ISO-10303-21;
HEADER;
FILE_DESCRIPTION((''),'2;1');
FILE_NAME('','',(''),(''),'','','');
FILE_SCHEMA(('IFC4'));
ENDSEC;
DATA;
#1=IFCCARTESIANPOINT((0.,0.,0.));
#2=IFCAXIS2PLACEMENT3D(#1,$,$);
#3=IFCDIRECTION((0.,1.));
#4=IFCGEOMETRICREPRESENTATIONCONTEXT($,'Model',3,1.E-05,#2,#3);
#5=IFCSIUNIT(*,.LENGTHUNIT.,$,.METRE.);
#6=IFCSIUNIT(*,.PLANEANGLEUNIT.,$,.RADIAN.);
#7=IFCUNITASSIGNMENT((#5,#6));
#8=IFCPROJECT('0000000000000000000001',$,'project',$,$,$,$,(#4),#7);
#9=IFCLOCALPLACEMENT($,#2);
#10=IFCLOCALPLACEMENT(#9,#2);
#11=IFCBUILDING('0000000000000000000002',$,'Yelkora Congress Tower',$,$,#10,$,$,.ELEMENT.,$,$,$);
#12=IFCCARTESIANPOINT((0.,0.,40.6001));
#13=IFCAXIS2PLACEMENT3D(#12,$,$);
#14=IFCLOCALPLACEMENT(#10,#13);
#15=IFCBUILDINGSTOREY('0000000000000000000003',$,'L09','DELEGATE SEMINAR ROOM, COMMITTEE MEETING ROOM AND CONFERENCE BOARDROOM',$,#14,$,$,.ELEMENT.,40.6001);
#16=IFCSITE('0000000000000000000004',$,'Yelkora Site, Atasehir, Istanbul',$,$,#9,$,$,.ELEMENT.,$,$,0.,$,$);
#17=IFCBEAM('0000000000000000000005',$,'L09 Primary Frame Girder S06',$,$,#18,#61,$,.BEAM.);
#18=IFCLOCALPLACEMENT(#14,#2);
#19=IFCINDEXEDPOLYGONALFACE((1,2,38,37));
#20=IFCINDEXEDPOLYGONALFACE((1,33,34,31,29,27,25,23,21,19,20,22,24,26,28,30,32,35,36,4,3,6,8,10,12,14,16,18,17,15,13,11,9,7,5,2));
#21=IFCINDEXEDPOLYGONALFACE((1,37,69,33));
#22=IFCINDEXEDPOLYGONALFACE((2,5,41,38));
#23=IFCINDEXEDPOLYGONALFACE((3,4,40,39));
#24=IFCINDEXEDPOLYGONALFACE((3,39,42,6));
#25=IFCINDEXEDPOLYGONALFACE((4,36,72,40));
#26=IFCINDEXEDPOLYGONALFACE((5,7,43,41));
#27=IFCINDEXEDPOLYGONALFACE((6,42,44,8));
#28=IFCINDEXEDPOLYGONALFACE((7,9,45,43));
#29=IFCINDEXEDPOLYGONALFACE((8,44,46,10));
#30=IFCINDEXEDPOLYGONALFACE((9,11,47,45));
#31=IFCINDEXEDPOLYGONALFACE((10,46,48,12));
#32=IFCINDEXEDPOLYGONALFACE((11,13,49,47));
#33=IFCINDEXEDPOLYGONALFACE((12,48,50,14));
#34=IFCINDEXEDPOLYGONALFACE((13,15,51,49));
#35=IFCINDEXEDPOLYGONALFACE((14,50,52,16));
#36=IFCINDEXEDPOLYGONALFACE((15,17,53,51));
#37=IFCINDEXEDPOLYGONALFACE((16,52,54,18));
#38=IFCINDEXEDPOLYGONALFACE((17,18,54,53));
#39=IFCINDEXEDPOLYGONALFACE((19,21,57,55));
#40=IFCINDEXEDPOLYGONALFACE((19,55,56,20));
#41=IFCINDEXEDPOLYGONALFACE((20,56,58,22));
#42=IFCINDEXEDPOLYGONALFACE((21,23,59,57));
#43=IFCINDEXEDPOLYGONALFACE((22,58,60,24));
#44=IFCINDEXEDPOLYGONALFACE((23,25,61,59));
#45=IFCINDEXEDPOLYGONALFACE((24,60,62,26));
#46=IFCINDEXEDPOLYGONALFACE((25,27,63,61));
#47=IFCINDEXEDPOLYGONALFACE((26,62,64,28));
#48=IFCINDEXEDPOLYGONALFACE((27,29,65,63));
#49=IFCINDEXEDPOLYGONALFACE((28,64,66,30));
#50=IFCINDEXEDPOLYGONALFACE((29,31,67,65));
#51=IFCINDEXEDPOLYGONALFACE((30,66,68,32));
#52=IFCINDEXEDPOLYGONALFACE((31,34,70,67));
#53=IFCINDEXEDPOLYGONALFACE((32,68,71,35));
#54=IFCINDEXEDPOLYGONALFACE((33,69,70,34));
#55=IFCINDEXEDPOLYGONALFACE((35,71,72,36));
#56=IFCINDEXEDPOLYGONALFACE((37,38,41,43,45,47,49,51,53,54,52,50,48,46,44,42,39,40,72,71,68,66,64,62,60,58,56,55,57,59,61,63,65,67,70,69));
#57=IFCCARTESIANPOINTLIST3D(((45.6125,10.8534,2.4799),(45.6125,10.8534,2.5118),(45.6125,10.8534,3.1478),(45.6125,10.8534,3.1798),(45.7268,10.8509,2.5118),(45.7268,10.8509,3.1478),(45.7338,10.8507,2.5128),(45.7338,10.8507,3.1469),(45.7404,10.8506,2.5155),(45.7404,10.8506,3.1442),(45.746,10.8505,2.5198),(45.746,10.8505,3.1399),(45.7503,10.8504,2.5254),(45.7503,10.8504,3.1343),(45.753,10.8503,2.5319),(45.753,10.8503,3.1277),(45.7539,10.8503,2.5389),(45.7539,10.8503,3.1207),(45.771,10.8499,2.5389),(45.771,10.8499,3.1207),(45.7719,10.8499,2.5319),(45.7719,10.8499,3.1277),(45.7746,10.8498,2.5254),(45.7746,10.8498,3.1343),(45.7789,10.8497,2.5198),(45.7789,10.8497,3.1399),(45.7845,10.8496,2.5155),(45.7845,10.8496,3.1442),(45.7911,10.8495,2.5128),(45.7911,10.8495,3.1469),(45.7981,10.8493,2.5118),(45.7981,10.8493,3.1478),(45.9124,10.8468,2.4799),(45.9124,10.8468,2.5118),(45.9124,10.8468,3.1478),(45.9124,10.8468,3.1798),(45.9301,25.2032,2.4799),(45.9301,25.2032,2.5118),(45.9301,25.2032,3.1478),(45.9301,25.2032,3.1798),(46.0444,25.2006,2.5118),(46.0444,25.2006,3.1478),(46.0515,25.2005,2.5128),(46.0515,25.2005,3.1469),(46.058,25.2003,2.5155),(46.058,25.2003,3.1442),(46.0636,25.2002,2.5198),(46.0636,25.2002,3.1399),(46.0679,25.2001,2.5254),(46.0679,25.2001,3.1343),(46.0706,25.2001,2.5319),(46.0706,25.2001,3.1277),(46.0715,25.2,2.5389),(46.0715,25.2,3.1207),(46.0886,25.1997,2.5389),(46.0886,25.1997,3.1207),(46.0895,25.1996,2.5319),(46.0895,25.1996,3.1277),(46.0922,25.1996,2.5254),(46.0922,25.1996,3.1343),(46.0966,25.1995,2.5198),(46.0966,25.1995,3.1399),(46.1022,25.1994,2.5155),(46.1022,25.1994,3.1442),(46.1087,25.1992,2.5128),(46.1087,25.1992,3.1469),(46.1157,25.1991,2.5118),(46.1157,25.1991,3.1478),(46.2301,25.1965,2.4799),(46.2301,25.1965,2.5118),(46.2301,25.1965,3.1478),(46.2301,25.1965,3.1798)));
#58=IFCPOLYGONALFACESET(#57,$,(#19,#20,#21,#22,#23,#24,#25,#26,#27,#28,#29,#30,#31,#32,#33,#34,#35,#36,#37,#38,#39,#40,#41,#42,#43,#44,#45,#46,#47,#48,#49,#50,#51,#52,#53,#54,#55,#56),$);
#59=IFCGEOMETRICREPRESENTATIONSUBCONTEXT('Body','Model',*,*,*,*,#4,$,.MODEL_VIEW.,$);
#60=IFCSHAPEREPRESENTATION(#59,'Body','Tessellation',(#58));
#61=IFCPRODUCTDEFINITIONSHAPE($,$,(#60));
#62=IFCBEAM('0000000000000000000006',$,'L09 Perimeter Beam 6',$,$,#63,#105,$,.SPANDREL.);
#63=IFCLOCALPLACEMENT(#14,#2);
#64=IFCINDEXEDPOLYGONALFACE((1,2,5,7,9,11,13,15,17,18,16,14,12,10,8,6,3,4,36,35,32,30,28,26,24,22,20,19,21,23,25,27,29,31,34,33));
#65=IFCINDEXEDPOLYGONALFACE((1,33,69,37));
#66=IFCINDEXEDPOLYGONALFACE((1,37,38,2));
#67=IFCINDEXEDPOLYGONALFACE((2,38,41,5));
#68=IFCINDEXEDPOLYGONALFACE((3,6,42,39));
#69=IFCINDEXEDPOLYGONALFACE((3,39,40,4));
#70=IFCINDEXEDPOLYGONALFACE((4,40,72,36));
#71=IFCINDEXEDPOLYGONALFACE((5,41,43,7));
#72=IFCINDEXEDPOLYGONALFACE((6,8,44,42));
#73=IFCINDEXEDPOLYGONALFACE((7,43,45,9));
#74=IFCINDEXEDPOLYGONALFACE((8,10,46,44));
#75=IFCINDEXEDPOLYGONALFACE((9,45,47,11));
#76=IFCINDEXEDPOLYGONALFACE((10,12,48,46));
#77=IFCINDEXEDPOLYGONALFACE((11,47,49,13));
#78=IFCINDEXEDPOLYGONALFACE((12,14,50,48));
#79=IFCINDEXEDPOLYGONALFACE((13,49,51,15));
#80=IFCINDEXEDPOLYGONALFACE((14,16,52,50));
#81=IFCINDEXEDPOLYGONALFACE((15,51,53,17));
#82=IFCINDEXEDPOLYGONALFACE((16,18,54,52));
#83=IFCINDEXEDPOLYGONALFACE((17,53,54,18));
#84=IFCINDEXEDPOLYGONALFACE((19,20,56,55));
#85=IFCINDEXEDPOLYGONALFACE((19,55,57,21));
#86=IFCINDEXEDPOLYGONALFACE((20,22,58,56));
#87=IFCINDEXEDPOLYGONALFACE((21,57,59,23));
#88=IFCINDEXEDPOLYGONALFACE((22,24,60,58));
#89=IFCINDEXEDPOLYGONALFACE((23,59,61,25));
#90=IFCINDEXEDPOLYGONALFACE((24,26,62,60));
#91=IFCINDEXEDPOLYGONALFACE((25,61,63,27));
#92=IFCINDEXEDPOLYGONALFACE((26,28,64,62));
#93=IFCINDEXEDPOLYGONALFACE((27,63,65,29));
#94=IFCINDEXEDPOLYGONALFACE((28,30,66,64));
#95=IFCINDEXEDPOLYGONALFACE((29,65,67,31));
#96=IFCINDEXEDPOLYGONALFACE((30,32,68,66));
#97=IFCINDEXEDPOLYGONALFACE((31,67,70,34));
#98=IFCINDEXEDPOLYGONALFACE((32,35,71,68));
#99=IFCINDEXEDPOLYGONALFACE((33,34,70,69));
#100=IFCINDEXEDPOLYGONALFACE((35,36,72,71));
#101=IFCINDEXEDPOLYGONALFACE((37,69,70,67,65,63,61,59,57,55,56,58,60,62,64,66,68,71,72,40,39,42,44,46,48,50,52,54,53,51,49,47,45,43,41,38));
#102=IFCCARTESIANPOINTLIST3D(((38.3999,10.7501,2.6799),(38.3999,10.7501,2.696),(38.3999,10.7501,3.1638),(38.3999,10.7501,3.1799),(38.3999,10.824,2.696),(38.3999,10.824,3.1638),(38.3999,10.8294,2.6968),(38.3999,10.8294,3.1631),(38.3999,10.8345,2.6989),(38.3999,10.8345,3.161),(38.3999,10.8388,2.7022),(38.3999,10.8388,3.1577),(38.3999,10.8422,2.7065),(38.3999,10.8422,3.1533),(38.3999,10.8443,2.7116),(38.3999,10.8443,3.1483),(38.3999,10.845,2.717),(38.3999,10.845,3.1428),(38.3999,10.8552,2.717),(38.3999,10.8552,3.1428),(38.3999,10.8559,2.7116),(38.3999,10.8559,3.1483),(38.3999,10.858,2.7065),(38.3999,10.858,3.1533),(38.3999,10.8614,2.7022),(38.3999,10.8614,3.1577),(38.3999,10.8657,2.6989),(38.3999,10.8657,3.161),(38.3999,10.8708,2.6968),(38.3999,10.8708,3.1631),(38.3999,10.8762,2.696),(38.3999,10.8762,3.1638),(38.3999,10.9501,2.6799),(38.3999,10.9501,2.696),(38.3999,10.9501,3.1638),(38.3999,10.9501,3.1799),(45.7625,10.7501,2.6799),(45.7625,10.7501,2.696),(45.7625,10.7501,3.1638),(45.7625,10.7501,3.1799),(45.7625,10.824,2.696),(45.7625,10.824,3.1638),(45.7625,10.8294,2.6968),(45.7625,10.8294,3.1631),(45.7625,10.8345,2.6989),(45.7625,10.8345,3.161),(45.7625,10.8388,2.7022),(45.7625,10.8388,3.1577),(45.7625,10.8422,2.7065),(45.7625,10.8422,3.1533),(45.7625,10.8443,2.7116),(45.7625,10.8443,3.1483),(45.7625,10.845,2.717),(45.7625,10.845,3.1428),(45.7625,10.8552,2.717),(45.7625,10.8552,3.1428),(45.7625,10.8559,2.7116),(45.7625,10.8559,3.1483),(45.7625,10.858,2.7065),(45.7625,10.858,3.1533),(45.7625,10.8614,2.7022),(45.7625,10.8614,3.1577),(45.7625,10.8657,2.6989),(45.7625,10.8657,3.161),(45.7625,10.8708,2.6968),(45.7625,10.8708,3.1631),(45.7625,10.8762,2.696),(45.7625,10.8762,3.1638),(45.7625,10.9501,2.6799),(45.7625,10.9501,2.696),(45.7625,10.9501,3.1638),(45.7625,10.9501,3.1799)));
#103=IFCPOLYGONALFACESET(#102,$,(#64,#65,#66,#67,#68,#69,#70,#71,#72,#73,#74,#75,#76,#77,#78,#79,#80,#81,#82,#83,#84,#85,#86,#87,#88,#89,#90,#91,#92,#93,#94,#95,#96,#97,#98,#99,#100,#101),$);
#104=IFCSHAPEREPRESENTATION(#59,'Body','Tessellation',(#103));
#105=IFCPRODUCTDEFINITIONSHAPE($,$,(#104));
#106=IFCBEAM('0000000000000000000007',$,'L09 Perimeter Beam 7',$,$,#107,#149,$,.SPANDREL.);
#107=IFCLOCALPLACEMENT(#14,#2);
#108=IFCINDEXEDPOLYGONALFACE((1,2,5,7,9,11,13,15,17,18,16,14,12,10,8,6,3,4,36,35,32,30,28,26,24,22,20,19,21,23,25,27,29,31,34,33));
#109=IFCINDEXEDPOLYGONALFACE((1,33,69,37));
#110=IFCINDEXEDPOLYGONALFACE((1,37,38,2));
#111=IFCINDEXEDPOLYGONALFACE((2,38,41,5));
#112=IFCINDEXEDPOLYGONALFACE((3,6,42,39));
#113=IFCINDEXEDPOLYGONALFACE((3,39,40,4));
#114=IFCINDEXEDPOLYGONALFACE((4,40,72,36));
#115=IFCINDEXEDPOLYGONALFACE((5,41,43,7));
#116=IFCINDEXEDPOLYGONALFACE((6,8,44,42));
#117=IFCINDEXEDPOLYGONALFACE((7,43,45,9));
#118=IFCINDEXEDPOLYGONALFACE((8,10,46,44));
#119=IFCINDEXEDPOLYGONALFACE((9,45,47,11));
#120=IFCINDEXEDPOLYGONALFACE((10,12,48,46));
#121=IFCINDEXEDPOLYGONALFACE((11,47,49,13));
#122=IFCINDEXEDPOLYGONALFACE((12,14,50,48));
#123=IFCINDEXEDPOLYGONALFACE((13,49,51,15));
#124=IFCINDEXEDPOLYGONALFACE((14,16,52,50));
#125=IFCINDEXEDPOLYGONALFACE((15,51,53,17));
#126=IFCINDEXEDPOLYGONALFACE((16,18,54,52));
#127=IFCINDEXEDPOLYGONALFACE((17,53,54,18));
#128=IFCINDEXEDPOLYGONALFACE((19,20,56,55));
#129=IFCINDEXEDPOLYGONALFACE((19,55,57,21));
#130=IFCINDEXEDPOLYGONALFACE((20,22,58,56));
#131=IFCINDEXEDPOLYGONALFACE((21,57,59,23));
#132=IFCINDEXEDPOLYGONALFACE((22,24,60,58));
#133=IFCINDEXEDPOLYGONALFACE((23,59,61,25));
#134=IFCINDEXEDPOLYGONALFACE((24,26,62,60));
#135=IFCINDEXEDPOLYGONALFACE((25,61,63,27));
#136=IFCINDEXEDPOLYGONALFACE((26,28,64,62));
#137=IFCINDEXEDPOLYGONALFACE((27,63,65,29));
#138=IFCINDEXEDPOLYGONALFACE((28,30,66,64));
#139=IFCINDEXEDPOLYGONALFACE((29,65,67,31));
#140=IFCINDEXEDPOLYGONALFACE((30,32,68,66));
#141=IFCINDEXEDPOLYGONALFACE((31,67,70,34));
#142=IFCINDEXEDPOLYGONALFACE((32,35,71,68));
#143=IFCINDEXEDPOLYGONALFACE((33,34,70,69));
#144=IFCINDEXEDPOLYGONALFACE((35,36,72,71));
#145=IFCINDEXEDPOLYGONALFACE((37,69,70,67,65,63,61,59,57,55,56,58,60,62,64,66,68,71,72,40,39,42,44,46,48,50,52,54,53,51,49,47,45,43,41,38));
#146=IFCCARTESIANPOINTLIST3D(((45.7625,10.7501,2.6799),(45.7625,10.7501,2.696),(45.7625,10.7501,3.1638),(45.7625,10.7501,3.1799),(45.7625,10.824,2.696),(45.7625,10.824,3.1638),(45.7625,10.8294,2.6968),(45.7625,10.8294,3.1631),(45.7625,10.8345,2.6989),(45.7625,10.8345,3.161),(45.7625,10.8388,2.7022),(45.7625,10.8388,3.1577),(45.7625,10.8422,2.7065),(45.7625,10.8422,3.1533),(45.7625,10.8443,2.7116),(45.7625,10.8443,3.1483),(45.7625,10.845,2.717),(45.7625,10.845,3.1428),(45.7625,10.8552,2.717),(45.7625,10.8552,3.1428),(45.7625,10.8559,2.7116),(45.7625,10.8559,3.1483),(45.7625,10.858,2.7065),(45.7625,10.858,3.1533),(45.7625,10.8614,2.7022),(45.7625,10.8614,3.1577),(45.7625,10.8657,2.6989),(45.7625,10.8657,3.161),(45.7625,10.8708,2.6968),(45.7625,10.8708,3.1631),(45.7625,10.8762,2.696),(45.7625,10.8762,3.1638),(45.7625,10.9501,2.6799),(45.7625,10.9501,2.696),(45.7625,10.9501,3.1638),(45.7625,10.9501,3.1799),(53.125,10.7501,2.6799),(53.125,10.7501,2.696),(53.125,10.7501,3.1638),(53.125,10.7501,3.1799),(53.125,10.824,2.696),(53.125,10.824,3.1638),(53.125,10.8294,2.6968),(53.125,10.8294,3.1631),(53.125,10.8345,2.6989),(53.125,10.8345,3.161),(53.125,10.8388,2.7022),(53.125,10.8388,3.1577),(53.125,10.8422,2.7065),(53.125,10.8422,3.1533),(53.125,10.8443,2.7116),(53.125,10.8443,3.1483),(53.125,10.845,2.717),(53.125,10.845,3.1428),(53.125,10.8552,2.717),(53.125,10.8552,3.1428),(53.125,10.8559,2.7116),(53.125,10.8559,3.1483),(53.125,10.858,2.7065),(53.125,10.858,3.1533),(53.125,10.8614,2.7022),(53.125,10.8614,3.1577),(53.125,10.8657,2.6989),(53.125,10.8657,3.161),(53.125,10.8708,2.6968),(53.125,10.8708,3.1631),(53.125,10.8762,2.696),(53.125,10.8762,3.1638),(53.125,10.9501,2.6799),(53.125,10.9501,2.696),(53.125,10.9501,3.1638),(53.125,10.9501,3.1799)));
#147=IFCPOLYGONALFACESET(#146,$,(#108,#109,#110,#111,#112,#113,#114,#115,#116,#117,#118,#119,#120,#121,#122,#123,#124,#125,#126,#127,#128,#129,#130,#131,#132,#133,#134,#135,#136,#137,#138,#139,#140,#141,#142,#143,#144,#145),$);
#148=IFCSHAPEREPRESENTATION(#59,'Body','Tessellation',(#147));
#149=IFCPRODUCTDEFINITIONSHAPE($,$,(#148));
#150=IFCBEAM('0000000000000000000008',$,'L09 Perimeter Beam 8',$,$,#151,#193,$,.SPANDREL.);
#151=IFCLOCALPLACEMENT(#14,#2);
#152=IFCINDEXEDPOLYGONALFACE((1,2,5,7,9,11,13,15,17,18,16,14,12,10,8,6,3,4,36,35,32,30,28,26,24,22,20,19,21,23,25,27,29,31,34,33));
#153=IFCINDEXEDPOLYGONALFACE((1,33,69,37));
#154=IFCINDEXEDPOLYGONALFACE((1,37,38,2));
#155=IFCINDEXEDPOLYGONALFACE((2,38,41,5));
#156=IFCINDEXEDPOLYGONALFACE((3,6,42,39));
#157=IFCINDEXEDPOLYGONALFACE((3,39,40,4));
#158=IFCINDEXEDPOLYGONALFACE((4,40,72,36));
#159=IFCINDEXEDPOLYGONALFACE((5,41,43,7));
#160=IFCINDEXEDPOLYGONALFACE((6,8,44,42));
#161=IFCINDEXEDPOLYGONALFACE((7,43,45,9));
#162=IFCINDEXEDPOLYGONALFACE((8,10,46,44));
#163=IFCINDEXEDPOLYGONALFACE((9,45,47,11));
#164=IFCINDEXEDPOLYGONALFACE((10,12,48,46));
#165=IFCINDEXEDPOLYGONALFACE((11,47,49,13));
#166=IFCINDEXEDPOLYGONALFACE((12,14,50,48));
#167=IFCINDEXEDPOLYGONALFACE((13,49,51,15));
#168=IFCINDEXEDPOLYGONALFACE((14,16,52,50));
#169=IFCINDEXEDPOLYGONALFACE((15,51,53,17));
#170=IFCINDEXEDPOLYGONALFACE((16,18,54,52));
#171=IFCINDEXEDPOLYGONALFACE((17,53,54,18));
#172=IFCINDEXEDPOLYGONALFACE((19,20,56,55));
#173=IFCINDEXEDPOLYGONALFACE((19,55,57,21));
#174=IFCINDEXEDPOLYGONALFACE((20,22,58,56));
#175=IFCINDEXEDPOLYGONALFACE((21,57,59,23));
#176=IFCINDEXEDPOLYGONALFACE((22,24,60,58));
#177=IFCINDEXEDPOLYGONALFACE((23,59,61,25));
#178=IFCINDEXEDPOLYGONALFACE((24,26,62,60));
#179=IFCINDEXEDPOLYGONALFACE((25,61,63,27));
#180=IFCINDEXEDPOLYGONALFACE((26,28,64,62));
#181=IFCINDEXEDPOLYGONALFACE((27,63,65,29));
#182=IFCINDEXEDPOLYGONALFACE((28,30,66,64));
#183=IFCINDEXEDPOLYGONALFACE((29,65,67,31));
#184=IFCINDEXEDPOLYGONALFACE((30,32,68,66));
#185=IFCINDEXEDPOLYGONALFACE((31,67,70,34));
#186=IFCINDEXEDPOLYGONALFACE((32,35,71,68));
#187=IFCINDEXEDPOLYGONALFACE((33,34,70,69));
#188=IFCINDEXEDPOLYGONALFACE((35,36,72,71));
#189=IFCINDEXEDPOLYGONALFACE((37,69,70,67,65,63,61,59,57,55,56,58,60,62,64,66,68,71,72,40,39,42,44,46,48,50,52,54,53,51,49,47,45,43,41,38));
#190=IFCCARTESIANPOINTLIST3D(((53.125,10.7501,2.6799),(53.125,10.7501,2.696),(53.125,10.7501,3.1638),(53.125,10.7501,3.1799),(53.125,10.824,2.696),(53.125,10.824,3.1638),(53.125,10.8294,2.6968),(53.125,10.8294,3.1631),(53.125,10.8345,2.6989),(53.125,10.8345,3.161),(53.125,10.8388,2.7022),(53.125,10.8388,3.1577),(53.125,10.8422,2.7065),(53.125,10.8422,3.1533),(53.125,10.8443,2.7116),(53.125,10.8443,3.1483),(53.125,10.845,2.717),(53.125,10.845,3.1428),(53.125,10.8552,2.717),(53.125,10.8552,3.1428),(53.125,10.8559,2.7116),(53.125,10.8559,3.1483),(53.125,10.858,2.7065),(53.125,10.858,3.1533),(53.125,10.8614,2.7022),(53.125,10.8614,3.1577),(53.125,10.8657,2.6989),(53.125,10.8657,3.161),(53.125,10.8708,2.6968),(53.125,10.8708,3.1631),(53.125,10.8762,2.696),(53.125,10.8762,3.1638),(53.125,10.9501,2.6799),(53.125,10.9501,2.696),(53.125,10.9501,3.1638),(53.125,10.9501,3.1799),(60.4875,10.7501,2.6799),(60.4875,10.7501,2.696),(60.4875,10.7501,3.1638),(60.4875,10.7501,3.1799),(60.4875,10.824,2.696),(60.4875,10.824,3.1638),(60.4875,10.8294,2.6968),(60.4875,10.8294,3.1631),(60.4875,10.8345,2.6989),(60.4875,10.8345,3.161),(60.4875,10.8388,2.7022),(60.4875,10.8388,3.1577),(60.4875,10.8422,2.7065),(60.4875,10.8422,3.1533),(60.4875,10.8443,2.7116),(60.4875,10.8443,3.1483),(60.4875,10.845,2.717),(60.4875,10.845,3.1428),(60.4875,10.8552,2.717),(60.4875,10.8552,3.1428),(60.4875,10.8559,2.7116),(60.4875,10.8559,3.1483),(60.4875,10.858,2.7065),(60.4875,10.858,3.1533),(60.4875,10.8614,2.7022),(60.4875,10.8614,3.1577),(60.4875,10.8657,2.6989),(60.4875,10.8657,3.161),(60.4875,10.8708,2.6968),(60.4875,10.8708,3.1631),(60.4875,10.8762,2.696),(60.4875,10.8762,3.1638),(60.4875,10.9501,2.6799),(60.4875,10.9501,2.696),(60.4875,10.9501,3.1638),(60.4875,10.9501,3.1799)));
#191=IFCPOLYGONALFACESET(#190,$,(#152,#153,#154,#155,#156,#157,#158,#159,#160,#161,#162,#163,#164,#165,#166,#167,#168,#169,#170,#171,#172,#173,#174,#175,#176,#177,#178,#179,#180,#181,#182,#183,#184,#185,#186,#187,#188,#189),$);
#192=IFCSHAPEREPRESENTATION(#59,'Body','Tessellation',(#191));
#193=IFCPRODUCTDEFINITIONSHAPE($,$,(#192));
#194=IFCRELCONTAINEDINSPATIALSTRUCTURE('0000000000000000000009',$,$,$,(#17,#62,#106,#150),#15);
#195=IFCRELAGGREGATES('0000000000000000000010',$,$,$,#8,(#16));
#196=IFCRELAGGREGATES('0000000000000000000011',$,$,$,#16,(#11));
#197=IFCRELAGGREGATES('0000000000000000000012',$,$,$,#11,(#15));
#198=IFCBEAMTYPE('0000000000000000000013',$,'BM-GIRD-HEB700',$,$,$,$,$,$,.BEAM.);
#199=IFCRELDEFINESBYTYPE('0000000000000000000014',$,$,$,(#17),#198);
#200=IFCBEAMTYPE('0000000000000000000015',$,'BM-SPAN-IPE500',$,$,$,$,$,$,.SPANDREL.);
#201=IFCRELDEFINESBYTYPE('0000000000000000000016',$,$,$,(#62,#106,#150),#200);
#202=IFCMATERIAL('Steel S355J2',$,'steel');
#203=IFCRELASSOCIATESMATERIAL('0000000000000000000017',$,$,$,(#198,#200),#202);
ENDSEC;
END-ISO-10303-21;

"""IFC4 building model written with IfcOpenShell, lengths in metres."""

from ifc_helpers import new_model, si_unit, direction, frame, origin, origin_2d, place, context, subcontext, project, spatial, i_section, extrude, material, material_profile, profile_set, type_object, element, save


model = new_model("IFC4")

# Units and contexts
model_context = context("Model", 3, precision=1e-05, world=origin(), true_north=direction((0.0, 1.0)))
body_context = subcontext(model_context, "Body", "Model", "MODEL_VIEW")
ifc_project = project(units=[si_unit("LENGTHUNIT", "METRE"), si_unit("PLANEANGLEUNIT", "RADIAN")], contexts=[model_context])

# Site, building, storey
site_placement = place(None, origin())
site = spatial("IfcSite", under=ifc_project, at=site_placement, Name="Yelkora Site, Atasehir, Istanbul", CompositionType="ELEMENT", RefElevation=0.0)
building_placement = place(site_placement, origin())
building = spatial("IfcBuilding", under=site, at=building_placement, Name="Yelkora Congress Tower", CompositionType="ELEMENT")
storey_placement = place(building_placement, frame((0.0, 0.0, 40.6001)))
storey = spatial("IfcBuildingStorey", under=building, at=storey_placement, Name="L09", Description="DELEGATE SEMINAR ROOM, COMMITTEE MEETING ROOM AND CONFERENCE BOARDROOM", CompositionType="ELEMENT", Elevation=40.6001)

# Beams
ifc_material_1 = material(Name="Steel S355J2", Category="steel")
ifc_material_profile_1 = material_profile(ifc_material_1, i_section(OverallWidth=0.3, OverallDepth=0.7, WebThickness=0.0171, FlangeThickness=0.032, FilletRadius=0.0271, at=origin_2d()), Name="HEB 700")
ifc_profile_set_1 = profile_set([ifc_material_profile_1], Name="Steel S355J2")
beam_type_1 = type_object("IfcBeamType", Name="BM-GIRD-HEB700", PredefinedType="BEAM", material=ifc_profile_set_1)
beam_1_placement = place(storey_placement, frame((45.7625, 10.8501, 2.8298), z_axis=(0.022129, 0.999755, 0.0), x_axis=(-0.999755, 0.022129, 0.0)))
element("IfcBeam", 1, at=beam_1_placement, inside=storey, type_object=beam_type_1, Name="L09 Primary Frame Girder S06", PredefinedType="BEAM", context=body_context, shape_type="SweptSolid", body=[
    extrude(i_section(OverallWidth=0.3, OverallDepth=0.7, WebThickness=0.0171, FlangeThickness=0.032, FilletRadius=0.0271, at=origin_2d()), origin(), (0.0, 0.0, 1.0), 14.3533),
])
ifc_material_profile_2 = material_profile(ifc_material_1, i_section(OverallWidth=0.2, OverallDepth=0.5, WebThickness=0.0103, FlangeThickness=0.0161, FilletRadius=0.021, at=origin_2d()), Name="IPE 500")
ifc_profile_set_2 = profile_set([ifc_material_profile_2], Name="Steel S355J2")
beam_type_2 = type_object("IfcBeamType", Name="BM-SPAN-IPE500", PredefinedType="SPANDREL", material=ifc_profile_set_2)
for number, where, z_axis, x_axis, name in (
    (2, (38.3999, 10.8501, 2.9299), (1.0, 0.0, 0.0), (0.0, 1.0, 0.0), "L09 Perimeter Beam 6"),
    (3, (45.7625, 10.8501, 2.9299), (1.0, 0.0, 0.0), (0.0, 1.0, 0.0), "L09 Perimeter Beam 7"),
    (4, (53.125, 10.8501, 2.9299), (1.0, 0.0, 0.0), (0.0, 1.0, 0.0), "L09 Perimeter Beam 8"),
):
    element("IfcBeam", number, at=place(storey_placement, frame(where, z_axis=z_axis, x_axis=x_axis)), inside=storey, type_object=beam_type_2, Name=name, PredefinedType="SPANDREL", context=body_context, shape_type="SweptSolid", body=[
        extrude(i_section(OverallWidth=0.2, OverallDepth=0.5, WebThickness=0.0103, FlangeThickness=0.0161, FilletRadius=0.021, at=origin_2d()), origin(), (0.0, 0.0, 1.0), 7.3625),
    ])

save(model, "model.ifc")
